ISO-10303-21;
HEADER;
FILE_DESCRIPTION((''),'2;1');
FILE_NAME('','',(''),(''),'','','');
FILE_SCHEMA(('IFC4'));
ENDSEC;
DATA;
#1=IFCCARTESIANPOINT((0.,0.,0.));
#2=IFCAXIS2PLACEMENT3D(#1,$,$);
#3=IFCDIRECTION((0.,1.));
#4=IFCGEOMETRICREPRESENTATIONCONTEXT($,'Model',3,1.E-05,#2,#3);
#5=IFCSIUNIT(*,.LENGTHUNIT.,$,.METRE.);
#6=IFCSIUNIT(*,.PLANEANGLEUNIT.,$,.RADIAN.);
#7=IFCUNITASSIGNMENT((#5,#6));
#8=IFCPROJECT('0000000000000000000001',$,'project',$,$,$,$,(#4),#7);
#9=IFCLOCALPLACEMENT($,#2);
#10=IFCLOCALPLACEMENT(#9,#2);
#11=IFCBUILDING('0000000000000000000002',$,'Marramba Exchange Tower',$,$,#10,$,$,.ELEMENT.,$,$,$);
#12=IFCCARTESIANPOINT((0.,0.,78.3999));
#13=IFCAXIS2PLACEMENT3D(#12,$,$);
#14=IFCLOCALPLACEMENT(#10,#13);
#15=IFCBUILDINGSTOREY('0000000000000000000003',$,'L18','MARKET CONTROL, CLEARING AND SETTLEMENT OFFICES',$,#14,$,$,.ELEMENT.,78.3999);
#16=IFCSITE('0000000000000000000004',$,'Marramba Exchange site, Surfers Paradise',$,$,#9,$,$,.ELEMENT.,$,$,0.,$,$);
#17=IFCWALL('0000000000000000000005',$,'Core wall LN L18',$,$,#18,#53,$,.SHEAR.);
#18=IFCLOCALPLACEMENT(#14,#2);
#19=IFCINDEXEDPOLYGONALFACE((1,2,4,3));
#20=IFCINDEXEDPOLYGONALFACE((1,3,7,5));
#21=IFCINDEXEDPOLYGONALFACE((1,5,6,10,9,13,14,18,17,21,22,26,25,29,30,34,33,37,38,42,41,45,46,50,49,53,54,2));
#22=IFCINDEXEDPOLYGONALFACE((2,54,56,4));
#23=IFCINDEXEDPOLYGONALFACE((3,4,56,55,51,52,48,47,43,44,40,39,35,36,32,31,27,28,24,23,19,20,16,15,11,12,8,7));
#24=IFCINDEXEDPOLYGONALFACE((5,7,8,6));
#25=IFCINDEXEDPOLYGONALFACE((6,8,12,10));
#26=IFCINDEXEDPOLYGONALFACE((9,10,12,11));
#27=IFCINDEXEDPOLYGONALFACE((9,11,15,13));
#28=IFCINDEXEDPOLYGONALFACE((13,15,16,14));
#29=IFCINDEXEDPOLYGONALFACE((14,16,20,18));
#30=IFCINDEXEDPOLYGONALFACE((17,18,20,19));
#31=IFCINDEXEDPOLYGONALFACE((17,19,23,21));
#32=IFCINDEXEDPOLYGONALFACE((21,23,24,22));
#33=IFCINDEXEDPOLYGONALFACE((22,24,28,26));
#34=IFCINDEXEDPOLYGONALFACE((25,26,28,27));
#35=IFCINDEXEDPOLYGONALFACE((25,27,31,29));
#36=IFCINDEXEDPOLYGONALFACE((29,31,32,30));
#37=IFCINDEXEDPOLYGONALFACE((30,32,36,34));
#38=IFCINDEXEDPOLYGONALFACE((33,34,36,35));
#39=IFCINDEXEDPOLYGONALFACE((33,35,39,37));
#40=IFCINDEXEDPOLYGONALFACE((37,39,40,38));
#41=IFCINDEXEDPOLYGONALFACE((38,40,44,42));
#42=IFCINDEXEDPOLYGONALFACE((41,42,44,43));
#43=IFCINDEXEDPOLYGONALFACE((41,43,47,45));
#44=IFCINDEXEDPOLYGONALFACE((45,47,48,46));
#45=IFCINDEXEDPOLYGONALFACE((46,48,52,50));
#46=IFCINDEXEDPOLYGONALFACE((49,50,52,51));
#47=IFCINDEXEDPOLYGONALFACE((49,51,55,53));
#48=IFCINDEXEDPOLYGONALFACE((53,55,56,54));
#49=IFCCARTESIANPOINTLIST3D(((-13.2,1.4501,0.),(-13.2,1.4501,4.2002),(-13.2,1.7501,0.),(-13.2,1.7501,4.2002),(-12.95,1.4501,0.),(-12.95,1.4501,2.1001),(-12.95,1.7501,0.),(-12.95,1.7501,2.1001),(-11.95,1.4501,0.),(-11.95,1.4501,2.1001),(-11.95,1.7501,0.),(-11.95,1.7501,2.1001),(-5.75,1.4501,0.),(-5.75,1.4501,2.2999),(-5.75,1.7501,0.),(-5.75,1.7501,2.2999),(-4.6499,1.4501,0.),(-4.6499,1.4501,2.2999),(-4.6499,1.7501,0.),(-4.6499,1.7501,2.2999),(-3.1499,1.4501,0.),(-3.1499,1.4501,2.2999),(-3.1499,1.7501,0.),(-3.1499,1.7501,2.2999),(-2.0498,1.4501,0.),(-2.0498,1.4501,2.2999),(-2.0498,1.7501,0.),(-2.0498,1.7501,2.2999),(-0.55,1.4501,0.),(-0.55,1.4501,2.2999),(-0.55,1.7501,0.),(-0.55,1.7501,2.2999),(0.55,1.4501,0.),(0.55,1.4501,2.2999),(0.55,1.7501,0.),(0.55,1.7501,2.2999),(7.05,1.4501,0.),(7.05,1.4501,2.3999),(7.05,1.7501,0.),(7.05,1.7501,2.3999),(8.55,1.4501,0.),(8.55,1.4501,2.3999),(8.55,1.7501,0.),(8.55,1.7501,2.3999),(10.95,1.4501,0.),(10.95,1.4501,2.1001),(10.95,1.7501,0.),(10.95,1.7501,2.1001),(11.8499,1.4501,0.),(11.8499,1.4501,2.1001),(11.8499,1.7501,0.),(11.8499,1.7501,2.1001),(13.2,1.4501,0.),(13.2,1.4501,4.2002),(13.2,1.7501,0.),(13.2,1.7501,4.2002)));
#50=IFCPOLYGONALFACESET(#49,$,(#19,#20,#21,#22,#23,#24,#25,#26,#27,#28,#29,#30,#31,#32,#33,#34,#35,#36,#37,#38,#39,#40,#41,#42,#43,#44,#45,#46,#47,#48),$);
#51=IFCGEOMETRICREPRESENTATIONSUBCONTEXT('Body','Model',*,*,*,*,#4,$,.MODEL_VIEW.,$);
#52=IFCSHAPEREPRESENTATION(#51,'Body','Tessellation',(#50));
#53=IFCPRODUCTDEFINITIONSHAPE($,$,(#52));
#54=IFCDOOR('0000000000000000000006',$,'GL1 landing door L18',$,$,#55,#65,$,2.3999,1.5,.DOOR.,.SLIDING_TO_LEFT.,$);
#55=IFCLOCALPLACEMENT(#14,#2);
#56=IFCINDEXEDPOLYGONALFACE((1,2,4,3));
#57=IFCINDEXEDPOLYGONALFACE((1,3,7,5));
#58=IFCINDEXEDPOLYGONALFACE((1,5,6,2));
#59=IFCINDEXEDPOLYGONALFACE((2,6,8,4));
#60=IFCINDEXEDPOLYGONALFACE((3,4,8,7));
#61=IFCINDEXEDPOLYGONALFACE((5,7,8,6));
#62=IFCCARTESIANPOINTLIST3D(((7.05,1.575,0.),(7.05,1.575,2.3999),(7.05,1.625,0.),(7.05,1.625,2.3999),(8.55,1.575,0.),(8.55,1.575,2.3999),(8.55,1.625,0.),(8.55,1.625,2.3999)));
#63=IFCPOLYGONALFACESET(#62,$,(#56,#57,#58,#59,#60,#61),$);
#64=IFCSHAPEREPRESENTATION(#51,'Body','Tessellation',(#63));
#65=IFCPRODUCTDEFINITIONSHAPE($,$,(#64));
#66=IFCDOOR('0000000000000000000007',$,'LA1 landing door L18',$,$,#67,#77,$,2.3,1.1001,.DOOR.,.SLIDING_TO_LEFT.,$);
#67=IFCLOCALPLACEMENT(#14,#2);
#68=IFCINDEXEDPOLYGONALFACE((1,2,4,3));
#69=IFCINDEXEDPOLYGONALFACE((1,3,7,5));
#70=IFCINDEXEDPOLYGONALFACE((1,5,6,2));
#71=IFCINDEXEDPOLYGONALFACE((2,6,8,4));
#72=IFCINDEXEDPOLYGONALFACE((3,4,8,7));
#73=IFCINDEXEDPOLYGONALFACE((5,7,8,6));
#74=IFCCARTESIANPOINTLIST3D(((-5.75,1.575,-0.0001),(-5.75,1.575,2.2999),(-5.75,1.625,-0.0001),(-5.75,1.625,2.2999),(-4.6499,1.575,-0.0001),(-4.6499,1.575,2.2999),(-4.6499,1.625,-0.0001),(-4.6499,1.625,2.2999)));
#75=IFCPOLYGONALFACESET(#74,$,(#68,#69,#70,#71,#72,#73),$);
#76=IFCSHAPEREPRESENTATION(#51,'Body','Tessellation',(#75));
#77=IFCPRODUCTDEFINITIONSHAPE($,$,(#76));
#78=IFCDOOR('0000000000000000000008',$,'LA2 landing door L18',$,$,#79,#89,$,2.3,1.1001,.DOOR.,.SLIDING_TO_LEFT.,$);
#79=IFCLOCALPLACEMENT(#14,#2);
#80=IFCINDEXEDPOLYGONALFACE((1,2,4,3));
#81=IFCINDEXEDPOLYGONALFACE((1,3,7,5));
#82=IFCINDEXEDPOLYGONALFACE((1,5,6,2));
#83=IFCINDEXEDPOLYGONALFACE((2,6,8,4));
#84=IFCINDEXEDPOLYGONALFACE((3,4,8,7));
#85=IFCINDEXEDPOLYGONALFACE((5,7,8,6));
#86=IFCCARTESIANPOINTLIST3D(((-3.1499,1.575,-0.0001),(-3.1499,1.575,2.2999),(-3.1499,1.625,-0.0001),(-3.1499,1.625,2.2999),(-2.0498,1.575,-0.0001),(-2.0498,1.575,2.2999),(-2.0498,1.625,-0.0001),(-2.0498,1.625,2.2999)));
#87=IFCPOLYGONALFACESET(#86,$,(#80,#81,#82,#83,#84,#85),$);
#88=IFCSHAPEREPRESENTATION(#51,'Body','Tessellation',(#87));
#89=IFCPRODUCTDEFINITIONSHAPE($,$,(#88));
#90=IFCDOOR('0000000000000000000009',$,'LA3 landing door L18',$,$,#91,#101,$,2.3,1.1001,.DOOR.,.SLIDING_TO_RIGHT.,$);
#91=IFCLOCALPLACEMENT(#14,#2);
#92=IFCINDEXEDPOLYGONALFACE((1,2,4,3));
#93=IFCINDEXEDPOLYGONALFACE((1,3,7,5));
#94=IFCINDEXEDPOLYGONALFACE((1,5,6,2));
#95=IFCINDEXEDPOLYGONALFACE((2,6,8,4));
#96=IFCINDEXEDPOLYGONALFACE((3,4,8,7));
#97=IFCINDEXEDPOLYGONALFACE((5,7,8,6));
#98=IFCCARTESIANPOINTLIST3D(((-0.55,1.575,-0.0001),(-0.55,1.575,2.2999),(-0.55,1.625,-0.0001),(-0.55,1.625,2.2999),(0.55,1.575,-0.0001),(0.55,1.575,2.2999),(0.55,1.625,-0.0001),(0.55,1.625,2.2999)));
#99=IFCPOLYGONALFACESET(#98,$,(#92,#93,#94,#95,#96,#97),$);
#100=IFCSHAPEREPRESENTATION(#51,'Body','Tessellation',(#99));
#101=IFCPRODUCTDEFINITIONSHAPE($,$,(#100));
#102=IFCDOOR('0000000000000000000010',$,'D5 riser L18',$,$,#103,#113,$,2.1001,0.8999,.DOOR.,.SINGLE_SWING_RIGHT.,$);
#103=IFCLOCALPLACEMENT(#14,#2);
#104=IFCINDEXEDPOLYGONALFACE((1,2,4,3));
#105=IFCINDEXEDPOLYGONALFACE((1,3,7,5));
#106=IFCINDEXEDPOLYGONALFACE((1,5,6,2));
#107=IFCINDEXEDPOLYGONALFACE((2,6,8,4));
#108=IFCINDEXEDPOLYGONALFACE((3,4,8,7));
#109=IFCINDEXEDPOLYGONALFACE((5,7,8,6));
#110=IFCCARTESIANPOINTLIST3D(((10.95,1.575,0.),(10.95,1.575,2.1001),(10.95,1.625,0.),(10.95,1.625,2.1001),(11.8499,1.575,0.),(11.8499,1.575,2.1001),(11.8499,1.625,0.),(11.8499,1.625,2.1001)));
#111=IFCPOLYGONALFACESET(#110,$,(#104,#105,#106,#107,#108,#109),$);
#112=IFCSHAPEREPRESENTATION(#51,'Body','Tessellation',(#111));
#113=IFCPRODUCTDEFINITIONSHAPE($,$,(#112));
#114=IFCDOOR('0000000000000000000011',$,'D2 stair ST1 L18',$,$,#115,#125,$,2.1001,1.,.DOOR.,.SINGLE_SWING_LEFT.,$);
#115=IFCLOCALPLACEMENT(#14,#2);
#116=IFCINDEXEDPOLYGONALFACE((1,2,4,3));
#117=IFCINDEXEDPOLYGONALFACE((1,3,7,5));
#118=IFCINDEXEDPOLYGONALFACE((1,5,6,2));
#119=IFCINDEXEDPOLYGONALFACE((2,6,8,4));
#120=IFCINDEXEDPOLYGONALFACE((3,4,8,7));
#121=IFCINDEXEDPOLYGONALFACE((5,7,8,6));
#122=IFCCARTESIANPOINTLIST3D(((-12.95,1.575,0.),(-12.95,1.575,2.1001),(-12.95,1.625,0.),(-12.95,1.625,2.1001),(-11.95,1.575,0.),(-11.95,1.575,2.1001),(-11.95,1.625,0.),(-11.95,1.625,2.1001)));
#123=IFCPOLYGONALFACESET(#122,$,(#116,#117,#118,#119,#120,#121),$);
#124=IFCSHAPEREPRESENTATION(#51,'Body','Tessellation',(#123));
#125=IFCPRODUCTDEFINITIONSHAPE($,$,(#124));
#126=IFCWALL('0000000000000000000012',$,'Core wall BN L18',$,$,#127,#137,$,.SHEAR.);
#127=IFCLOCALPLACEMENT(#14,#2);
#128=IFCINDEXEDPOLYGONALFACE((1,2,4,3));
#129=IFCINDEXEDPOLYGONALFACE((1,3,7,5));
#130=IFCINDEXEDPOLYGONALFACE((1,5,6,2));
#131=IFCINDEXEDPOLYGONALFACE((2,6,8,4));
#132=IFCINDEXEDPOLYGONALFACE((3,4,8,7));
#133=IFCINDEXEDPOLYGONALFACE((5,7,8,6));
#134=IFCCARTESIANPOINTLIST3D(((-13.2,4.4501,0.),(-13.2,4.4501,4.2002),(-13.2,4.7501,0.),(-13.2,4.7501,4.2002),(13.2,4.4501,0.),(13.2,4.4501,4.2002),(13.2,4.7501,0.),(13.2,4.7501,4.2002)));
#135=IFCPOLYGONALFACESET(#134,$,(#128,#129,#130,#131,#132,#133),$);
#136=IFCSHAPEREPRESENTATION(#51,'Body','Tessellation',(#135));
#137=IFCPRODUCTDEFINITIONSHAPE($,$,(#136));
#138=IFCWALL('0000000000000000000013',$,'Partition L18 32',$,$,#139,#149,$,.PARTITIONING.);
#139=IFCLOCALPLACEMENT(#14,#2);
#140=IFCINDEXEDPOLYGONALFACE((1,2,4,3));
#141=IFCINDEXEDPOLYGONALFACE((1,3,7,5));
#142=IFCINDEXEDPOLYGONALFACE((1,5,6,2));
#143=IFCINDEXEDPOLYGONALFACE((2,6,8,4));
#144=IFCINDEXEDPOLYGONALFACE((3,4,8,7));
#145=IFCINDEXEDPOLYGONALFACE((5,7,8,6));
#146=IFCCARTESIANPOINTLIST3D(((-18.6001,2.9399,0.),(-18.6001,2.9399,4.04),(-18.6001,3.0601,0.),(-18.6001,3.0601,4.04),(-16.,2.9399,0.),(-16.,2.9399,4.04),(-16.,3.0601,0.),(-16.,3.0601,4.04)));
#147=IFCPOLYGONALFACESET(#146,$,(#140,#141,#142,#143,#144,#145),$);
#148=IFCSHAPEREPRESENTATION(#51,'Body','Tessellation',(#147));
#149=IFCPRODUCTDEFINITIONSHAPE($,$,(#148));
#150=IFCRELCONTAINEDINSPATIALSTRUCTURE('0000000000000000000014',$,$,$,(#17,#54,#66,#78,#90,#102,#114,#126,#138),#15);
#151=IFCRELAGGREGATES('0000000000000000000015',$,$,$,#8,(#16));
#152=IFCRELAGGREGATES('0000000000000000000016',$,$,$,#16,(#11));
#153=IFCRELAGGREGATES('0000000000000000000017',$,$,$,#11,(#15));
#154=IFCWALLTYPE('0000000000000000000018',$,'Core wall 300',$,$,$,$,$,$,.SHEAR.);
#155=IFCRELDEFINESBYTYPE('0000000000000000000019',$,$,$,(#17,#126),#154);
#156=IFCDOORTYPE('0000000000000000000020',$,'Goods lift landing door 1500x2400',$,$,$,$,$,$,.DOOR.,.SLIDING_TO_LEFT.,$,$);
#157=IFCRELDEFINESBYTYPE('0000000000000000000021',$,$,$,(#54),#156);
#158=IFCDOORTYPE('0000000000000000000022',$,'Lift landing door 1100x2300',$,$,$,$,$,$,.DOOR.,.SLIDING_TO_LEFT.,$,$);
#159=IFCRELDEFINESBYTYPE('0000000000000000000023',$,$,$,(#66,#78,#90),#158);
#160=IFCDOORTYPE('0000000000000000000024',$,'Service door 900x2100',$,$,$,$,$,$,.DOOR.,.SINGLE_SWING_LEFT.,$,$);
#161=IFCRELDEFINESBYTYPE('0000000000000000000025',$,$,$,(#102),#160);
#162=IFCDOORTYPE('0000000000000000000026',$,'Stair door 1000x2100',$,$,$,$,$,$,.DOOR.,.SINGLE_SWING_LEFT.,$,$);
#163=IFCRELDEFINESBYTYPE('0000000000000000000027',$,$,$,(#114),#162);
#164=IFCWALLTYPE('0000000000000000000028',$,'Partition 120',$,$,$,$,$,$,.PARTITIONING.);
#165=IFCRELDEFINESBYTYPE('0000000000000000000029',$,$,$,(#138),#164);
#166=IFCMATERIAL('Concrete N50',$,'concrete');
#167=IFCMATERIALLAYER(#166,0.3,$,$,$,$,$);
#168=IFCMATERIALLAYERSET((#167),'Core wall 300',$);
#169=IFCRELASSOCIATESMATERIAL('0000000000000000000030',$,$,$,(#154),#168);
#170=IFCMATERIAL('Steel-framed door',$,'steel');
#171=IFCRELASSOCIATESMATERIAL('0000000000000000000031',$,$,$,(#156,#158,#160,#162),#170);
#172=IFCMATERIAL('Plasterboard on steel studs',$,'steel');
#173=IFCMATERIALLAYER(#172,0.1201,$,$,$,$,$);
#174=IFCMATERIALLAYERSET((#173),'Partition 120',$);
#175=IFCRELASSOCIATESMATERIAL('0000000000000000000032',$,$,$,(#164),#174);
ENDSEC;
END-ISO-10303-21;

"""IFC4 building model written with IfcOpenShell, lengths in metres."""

from ifc_helpers import new_model, si_unit, direction, frame, frame_2d, origin, place, context, subcontext, project, spatial, rectangle, extrude, material, layer, layer_set, type_object, element, fill, save


model = new_model("IFC4")

# Units and contexts
model_context = context("Model", 3, precision=1e-05, world=origin(), true_north=direction((0.0, 1.0)))
body_context = subcontext(model_context, "Body", "Model", "MODEL_VIEW")
ifc_project = project(units=[si_unit("LENGTHUNIT", "METRE"), si_unit("PLANEANGLEUNIT", "RADIAN")], contexts=[model_context])

# Site, building, storey
site_placement = place(None, origin())
site = spatial("IfcSite", under=ifc_project, at=site_placement, Name="Marramba Exchange site, Surfers Paradise", CompositionType="ELEMENT", RefElevation=0.0)
building_placement = place(site_placement, origin())
building = spatial("IfcBuilding", under=site, at=building_placement, Name="Marramba Exchange Tower", CompositionType="ELEMENT")
storey_placement = place(building_placement, frame((0.0, 0.0, 78.3999)))
storey = spatial("IfcBuildingStorey", under=building, at=storey_placement, Name="L18", Description="MARKET CONTROL, CLEARING AND SETTLEMENT OFFICES", CompositionType="ELEMENT", Elevation=78.3999)

# Shared definitions
ifc_material_1 = material(Name="Concrete N50", Category="concrete")

# Shared definitions
ifc_material_2 = material(Name="Steel-framed door", Category="steel")

# Wall, openings, doors
ifc_layer_1 = layer(ifc_material_1, 0.3)
ifc_layer_set_1 = layer_set([ifc_layer_1], Name="Core wall 300")
wall_type_1 = type_object("IfcWallType", Name="Core wall 300", PredefinedType="SHEAR", material=ifc_layer_set_1)
wall_1_placement = place(storey_placement, frame((-13.2, 1.6001, 0.0), z_axis=(0.0, 0.0, 1.0), x_axis=(1.0, 0.0, 0.0)))
wall_1 = element("IfcWall", 1, at=wall_1_placement, inside=storey, type_object=wall_type_1, Name="Core wall LN L18", PredefinedType="SHEAR", context=body_context, shape_type="SweptSolid", body=[
    extrude(rectangle(XDim=26.3999, YDim=0.3, at=frame_2d((13.2, 0.0))), origin(), (0.0, 0.0, 1.0), 4.2002),
])
opening_1_placement = place(wall_1_placement, frame((0.25, 0.0, 0.0)))
opening_1 = element("IfcOpeningElement", 2, at=opening_1_placement, cuts=wall_1, PredefinedType="OPENING", context=body_context, shape_type="SweptSolid", body=[
    extrude(rectangle(XDim=1.0, YDim=2.1001, at=frame_2d((0.5, 1.05))), frame((0.0, 0.1599, 0.0), z_axis=(0.0, -1.0, 0.0), x_axis=(1.0, 0.0, 0.0)), (0.0, 0.0, 1.0), 0.3201),
])
opening_2_placement = place(wall_1_placement, frame((20.25, 0.0, 0.0)))
opening_2 = element("IfcOpeningElement", 3, at=opening_2_placement, cuts=wall_1, PredefinedType="OPENING", context=body_context, shape_type="SweptSolid", body=[
    extrude(rectangle(XDim=1.5, YDim=2.3999, at=frame_2d((0.75, 1.2))), frame((0.0, 0.1599, 0.0), z_axis=(0.0, -1.0, 0.0), x_axis=(1.0, 0.0, 0.0)), (0.0, 0.0, 1.0), 0.3201),
])
opening_3_placement = place(wall_1_placement, frame((7.45, 0.0, 0.0)))
opening_3 = element("IfcOpeningElement", 4, at=opening_3_placement, cuts=wall_1, PredefinedType="OPENING", context=body_context, shape_type="SweptSolid", body=[
    extrude(rectangle(XDim=1.1001, YDim=2.3, at=frame_2d((0.55, 1.1499))), frame((0.0, 0.1599, 0.0), z_axis=(0.0, -1.0, 0.0), x_axis=(1.0, 0.0, 0.0)), (0.0, 0.0, 1.0), 0.3201),
])
opening_4_placement = place(wall_1_placement, frame((10.05, 0.0, 0.0)))
opening_4 = element("IfcOpeningElement", 5, at=opening_4_placement, cuts=wall_1, PredefinedType="OPENING", context=body_context, shape_type="SweptSolid", body=[
    extrude(rectangle(XDim=1.1001, YDim=2.3, at=frame_2d((0.55, 1.1499))), frame((0.0, 0.1599, 0.0), z_axis=(0.0, -1.0, 0.0), x_axis=(1.0, 0.0, 0.0)), (0.0, 0.0, 1.0), 0.3201),
])
opening_5_placement = place(wall_1_placement, frame((12.6499, 0.0, 0.0)))
opening_5 = element("IfcOpeningElement", 6, at=opening_5_placement, cuts=wall_1, PredefinedType="OPENING", context=body_context, shape_type="SweptSolid", body=[
    extrude(rectangle(XDim=1.1001, YDim=2.3, at=frame_2d((0.55, 1.1499))), frame((0.0, 0.1599, 0.0), z_axis=(0.0, -1.0, 0.0), x_axis=(1.0, 0.0, 0.0)), (0.0, 0.0, 1.0), 0.3201),
])
opening_6_placement = place(wall_1_placement, frame((24.1499, 0.0, 0.0)))
opening_6 = element("IfcOpeningElement", 7, at=opening_6_placement, cuts=wall_1, PredefinedType="OPENING", context=body_context, shape_type="SweptSolid", body=[
    extrude(rectangle(XDim=0.8999, YDim=2.1001, at=frame_2d((0.45, 1.05))), frame((0.0, 0.1599, 0.0), z_axis=(0.0, -1.0, 0.0), x_axis=(1.0, 0.0, 0.0)), (0.0, 0.0, 1.0), 0.3201),
])
door_type_1 = type_object("IfcDoorType", Name="Goods lift landing door 1500x2400", OperationType="SLIDING_TO_LEFT", PredefinedType="DOOR", material=ifc_material_2)
door_1_placement = place(opening_2_placement, origin())
door_1 = element("IfcDoor", 8, at=door_1_placement, inside=storey, type_object=door_type_1, Name="GL1 landing door L18", OperationType="SLIDING_TO_LEFT", OverallHeight=2.3999, OverallWidth=1.5, PredefinedType="DOOR", context=body_context, shape_type="SweptSolid", body=[
    extrude(rectangle(XDim=1.5, YDim=2.3999, at=frame_2d((0.75, 1.2))), frame((0.0, 0.0249, 0.0), z_axis=(0.0, -1.0, 0.0), x_axis=(1.0, 0.0, 0.0)), (0.0, 0.0, 1.0), 0.05),
])
fill(opening_2, door_1)
door_type_2 = type_object("IfcDoorType", Name="Lift landing door 1100x2300", OperationType="SLIDING_TO_LEFT", PredefinedType="DOOR", material=ifc_material_2)
door_2_placement = place(opening_3_placement, origin())
door_2 = element("IfcDoor", 9, at=door_2_placement, inside=storey, type_object=door_type_2, Name="LA1 landing door L18", OperationType="SLIDING_TO_LEFT", OverallHeight=2.3, OverallWidth=1.1001, PredefinedType="DOOR", context=body_context, shape_type="SweptSolid", body=[
    extrude(rectangle(XDim=1.1001, YDim=2.3, at=frame_2d((0.55, 1.1499))), frame((0.0, 0.0249, 0.0), z_axis=(0.0, -1.0, 0.0), x_axis=(1.0, 0.0, 0.0)), (0.0, 0.0, 1.0), 0.05),
])
fill(opening_3, door_2)
door_3_placement = place(opening_4_placement, origin())
door_3 = element("IfcDoor", 10, at=door_3_placement, inside=storey, type_object=door_type_2, Name="LA2 landing door L18", OperationType="SLIDING_TO_LEFT", OverallHeight=2.3, OverallWidth=1.1001, PredefinedType="DOOR", context=body_context, shape_type="SweptSolid", body=[
    extrude(rectangle(XDim=1.1001, YDim=2.3, at=frame_2d((0.55, 1.1499))), frame((0.0, 0.0249, 0.0), z_axis=(0.0, -1.0, 0.0), x_axis=(1.0, 0.0, 0.0)), (0.0, 0.0, 1.0), 0.05),
])
fill(opening_4, door_3)
door_4_placement = place(opening_5_placement, origin())
door_4 = element("IfcDoor", 11, at=door_4_placement, inside=storey, type_object=door_type_2, Name="LA3 landing door L18", OperationType="SLIDING_TO_RIGHT", OverallHeight=2.3, OverallWidth=1.1001, PredefinedType="DOOR", context=body_context, shape_type="SweptSolid", body=[
    extrude(rectangle(XDim=1.1001, YDim=2.3, at=frame_2d((0.55, 1.1499))), frame((0.0, 0.0249, 0.0), z_axis=(0.0, -1.0, 0.0), x_axis=(1.0, 0.0, 0.0)), (0.0, 0.0, 1.0), 0.05),
])
fill(opening_5, door_4)
door_type_3 = type_object("IfcDoorType", Name="Service door 900x2100", OperationType="SINGLE_SWING_LEFT", PredefinedType="DOOR", material=ifc_material_2)
door_5_placement = place(opening_6_placement, origin())
door_5 = element("IfcDoor", 12, at=door_5_placement, inside=storey, type_object=door_type_3, Name="D5 riser L18", OperationType="SINGLE_SWING_RIGHT", OverallHeight=2.1001, OverallWidth=0.8999, PredefinedType="DOOR", context=body_context, shape_type="SweptSolid", body=[
    extrude(rectangle(XDim=0.8999, YDim=2.1001, at=frame_2d((0.45, 1.05))), frame((0.0, 0.0249, 0.0), z_axis=(0.0, -1.0, 0.0), x_axis=(1.0, 0.0, 0.0)), (0.0, 0.0, 1.0), 0.05),
])
fill(opening_6, door_5)
door_type_4 = type_object("IfcDoorType", Name="Stair door 1000x2100", OperationType="SINGLE_SWING_LEFT", PredefinedType="DOOR", material=ifc_material_2)
door_6_placement = place(opening_1_placement, origin())
door_6 = element("IfcDoor", 13, at=door_6_placement, inside=storey, type_object=door_type_4, Name="D2 stair ST1 L18", OperationType="SINGLE_SWING_LEFT", OverallHeight=2.1001, OverallWidth=1.0, PredefinedType="DOOR", context=body_context, shape_type="SweptSolid", body=[
    extrude(rectangle(XDim=1.0, YDim=2.1001, at=frame_2d((0.5, 1.05))), frame((0.0, 0.0249, 0.0), z_axis=(0.0, -1.0, 0.0), x_axis=(1.0, 0.0, 0.0)), (0.0, 0.0, 1.0), 0.05),
])
fill(opening_1, door_6)

# Walls
wall_2_placement = place(storey_placement, frame((-13.2, 4.6001, 0.0), z_axis=(0.0, 0.0, 1.0), x_axis=(1.0, 0.0, 0.0)))
element("IfcWall", 14, at=wall_2_placement, inside=storey, type_object=wall_type_1, Name="Core wall BN L18", PredefinedType="SHEAR", context=body_context, shape_type="SweptSolid", body=[
    extrude(rectangle(XDim=26.3999, YDim=0.3, at=frame_2d((13.2, 0.0))), origin(), (0.0, 0.0, 1.0), 4.2002),
])
ifc_material_3 = material(Name="Plasterboard on steel studs", Category="steel")
ifc_layer_2 = layer(ifc_material_3, 0.1201)
ifc_layer_set_2 = layer_set([ifc_layer_2], Name="Partition 120")
wall_type_2 = type_object("IfcWallType", Name="Partition 120", PredefinedType="PARTITIONING", material=ifc_layer_set_2)
wall_3_placement = place(storey_placement, frame((-16.0, 3.0, 0.0), z_axis=(0.0, 0.0, 1.0), x_axis=(-1.0, 0.0, 0.0)))
element("IfcWall", 15, at=wall_3_placement, inside=storey, type_object=wall_type_2, Name="Partition L18 32", PredefinedType="PARTITIONING", context=body_context, shape_type="SweptSolid", body=[
    extrude(rectangle(XDim=2.6001, YDim=0.1201, at=frame_2d((1.3, 0.0))), origin(), (0.0, 0.0, 1.0), 4.04),
])

save(model, "model.ifc")
